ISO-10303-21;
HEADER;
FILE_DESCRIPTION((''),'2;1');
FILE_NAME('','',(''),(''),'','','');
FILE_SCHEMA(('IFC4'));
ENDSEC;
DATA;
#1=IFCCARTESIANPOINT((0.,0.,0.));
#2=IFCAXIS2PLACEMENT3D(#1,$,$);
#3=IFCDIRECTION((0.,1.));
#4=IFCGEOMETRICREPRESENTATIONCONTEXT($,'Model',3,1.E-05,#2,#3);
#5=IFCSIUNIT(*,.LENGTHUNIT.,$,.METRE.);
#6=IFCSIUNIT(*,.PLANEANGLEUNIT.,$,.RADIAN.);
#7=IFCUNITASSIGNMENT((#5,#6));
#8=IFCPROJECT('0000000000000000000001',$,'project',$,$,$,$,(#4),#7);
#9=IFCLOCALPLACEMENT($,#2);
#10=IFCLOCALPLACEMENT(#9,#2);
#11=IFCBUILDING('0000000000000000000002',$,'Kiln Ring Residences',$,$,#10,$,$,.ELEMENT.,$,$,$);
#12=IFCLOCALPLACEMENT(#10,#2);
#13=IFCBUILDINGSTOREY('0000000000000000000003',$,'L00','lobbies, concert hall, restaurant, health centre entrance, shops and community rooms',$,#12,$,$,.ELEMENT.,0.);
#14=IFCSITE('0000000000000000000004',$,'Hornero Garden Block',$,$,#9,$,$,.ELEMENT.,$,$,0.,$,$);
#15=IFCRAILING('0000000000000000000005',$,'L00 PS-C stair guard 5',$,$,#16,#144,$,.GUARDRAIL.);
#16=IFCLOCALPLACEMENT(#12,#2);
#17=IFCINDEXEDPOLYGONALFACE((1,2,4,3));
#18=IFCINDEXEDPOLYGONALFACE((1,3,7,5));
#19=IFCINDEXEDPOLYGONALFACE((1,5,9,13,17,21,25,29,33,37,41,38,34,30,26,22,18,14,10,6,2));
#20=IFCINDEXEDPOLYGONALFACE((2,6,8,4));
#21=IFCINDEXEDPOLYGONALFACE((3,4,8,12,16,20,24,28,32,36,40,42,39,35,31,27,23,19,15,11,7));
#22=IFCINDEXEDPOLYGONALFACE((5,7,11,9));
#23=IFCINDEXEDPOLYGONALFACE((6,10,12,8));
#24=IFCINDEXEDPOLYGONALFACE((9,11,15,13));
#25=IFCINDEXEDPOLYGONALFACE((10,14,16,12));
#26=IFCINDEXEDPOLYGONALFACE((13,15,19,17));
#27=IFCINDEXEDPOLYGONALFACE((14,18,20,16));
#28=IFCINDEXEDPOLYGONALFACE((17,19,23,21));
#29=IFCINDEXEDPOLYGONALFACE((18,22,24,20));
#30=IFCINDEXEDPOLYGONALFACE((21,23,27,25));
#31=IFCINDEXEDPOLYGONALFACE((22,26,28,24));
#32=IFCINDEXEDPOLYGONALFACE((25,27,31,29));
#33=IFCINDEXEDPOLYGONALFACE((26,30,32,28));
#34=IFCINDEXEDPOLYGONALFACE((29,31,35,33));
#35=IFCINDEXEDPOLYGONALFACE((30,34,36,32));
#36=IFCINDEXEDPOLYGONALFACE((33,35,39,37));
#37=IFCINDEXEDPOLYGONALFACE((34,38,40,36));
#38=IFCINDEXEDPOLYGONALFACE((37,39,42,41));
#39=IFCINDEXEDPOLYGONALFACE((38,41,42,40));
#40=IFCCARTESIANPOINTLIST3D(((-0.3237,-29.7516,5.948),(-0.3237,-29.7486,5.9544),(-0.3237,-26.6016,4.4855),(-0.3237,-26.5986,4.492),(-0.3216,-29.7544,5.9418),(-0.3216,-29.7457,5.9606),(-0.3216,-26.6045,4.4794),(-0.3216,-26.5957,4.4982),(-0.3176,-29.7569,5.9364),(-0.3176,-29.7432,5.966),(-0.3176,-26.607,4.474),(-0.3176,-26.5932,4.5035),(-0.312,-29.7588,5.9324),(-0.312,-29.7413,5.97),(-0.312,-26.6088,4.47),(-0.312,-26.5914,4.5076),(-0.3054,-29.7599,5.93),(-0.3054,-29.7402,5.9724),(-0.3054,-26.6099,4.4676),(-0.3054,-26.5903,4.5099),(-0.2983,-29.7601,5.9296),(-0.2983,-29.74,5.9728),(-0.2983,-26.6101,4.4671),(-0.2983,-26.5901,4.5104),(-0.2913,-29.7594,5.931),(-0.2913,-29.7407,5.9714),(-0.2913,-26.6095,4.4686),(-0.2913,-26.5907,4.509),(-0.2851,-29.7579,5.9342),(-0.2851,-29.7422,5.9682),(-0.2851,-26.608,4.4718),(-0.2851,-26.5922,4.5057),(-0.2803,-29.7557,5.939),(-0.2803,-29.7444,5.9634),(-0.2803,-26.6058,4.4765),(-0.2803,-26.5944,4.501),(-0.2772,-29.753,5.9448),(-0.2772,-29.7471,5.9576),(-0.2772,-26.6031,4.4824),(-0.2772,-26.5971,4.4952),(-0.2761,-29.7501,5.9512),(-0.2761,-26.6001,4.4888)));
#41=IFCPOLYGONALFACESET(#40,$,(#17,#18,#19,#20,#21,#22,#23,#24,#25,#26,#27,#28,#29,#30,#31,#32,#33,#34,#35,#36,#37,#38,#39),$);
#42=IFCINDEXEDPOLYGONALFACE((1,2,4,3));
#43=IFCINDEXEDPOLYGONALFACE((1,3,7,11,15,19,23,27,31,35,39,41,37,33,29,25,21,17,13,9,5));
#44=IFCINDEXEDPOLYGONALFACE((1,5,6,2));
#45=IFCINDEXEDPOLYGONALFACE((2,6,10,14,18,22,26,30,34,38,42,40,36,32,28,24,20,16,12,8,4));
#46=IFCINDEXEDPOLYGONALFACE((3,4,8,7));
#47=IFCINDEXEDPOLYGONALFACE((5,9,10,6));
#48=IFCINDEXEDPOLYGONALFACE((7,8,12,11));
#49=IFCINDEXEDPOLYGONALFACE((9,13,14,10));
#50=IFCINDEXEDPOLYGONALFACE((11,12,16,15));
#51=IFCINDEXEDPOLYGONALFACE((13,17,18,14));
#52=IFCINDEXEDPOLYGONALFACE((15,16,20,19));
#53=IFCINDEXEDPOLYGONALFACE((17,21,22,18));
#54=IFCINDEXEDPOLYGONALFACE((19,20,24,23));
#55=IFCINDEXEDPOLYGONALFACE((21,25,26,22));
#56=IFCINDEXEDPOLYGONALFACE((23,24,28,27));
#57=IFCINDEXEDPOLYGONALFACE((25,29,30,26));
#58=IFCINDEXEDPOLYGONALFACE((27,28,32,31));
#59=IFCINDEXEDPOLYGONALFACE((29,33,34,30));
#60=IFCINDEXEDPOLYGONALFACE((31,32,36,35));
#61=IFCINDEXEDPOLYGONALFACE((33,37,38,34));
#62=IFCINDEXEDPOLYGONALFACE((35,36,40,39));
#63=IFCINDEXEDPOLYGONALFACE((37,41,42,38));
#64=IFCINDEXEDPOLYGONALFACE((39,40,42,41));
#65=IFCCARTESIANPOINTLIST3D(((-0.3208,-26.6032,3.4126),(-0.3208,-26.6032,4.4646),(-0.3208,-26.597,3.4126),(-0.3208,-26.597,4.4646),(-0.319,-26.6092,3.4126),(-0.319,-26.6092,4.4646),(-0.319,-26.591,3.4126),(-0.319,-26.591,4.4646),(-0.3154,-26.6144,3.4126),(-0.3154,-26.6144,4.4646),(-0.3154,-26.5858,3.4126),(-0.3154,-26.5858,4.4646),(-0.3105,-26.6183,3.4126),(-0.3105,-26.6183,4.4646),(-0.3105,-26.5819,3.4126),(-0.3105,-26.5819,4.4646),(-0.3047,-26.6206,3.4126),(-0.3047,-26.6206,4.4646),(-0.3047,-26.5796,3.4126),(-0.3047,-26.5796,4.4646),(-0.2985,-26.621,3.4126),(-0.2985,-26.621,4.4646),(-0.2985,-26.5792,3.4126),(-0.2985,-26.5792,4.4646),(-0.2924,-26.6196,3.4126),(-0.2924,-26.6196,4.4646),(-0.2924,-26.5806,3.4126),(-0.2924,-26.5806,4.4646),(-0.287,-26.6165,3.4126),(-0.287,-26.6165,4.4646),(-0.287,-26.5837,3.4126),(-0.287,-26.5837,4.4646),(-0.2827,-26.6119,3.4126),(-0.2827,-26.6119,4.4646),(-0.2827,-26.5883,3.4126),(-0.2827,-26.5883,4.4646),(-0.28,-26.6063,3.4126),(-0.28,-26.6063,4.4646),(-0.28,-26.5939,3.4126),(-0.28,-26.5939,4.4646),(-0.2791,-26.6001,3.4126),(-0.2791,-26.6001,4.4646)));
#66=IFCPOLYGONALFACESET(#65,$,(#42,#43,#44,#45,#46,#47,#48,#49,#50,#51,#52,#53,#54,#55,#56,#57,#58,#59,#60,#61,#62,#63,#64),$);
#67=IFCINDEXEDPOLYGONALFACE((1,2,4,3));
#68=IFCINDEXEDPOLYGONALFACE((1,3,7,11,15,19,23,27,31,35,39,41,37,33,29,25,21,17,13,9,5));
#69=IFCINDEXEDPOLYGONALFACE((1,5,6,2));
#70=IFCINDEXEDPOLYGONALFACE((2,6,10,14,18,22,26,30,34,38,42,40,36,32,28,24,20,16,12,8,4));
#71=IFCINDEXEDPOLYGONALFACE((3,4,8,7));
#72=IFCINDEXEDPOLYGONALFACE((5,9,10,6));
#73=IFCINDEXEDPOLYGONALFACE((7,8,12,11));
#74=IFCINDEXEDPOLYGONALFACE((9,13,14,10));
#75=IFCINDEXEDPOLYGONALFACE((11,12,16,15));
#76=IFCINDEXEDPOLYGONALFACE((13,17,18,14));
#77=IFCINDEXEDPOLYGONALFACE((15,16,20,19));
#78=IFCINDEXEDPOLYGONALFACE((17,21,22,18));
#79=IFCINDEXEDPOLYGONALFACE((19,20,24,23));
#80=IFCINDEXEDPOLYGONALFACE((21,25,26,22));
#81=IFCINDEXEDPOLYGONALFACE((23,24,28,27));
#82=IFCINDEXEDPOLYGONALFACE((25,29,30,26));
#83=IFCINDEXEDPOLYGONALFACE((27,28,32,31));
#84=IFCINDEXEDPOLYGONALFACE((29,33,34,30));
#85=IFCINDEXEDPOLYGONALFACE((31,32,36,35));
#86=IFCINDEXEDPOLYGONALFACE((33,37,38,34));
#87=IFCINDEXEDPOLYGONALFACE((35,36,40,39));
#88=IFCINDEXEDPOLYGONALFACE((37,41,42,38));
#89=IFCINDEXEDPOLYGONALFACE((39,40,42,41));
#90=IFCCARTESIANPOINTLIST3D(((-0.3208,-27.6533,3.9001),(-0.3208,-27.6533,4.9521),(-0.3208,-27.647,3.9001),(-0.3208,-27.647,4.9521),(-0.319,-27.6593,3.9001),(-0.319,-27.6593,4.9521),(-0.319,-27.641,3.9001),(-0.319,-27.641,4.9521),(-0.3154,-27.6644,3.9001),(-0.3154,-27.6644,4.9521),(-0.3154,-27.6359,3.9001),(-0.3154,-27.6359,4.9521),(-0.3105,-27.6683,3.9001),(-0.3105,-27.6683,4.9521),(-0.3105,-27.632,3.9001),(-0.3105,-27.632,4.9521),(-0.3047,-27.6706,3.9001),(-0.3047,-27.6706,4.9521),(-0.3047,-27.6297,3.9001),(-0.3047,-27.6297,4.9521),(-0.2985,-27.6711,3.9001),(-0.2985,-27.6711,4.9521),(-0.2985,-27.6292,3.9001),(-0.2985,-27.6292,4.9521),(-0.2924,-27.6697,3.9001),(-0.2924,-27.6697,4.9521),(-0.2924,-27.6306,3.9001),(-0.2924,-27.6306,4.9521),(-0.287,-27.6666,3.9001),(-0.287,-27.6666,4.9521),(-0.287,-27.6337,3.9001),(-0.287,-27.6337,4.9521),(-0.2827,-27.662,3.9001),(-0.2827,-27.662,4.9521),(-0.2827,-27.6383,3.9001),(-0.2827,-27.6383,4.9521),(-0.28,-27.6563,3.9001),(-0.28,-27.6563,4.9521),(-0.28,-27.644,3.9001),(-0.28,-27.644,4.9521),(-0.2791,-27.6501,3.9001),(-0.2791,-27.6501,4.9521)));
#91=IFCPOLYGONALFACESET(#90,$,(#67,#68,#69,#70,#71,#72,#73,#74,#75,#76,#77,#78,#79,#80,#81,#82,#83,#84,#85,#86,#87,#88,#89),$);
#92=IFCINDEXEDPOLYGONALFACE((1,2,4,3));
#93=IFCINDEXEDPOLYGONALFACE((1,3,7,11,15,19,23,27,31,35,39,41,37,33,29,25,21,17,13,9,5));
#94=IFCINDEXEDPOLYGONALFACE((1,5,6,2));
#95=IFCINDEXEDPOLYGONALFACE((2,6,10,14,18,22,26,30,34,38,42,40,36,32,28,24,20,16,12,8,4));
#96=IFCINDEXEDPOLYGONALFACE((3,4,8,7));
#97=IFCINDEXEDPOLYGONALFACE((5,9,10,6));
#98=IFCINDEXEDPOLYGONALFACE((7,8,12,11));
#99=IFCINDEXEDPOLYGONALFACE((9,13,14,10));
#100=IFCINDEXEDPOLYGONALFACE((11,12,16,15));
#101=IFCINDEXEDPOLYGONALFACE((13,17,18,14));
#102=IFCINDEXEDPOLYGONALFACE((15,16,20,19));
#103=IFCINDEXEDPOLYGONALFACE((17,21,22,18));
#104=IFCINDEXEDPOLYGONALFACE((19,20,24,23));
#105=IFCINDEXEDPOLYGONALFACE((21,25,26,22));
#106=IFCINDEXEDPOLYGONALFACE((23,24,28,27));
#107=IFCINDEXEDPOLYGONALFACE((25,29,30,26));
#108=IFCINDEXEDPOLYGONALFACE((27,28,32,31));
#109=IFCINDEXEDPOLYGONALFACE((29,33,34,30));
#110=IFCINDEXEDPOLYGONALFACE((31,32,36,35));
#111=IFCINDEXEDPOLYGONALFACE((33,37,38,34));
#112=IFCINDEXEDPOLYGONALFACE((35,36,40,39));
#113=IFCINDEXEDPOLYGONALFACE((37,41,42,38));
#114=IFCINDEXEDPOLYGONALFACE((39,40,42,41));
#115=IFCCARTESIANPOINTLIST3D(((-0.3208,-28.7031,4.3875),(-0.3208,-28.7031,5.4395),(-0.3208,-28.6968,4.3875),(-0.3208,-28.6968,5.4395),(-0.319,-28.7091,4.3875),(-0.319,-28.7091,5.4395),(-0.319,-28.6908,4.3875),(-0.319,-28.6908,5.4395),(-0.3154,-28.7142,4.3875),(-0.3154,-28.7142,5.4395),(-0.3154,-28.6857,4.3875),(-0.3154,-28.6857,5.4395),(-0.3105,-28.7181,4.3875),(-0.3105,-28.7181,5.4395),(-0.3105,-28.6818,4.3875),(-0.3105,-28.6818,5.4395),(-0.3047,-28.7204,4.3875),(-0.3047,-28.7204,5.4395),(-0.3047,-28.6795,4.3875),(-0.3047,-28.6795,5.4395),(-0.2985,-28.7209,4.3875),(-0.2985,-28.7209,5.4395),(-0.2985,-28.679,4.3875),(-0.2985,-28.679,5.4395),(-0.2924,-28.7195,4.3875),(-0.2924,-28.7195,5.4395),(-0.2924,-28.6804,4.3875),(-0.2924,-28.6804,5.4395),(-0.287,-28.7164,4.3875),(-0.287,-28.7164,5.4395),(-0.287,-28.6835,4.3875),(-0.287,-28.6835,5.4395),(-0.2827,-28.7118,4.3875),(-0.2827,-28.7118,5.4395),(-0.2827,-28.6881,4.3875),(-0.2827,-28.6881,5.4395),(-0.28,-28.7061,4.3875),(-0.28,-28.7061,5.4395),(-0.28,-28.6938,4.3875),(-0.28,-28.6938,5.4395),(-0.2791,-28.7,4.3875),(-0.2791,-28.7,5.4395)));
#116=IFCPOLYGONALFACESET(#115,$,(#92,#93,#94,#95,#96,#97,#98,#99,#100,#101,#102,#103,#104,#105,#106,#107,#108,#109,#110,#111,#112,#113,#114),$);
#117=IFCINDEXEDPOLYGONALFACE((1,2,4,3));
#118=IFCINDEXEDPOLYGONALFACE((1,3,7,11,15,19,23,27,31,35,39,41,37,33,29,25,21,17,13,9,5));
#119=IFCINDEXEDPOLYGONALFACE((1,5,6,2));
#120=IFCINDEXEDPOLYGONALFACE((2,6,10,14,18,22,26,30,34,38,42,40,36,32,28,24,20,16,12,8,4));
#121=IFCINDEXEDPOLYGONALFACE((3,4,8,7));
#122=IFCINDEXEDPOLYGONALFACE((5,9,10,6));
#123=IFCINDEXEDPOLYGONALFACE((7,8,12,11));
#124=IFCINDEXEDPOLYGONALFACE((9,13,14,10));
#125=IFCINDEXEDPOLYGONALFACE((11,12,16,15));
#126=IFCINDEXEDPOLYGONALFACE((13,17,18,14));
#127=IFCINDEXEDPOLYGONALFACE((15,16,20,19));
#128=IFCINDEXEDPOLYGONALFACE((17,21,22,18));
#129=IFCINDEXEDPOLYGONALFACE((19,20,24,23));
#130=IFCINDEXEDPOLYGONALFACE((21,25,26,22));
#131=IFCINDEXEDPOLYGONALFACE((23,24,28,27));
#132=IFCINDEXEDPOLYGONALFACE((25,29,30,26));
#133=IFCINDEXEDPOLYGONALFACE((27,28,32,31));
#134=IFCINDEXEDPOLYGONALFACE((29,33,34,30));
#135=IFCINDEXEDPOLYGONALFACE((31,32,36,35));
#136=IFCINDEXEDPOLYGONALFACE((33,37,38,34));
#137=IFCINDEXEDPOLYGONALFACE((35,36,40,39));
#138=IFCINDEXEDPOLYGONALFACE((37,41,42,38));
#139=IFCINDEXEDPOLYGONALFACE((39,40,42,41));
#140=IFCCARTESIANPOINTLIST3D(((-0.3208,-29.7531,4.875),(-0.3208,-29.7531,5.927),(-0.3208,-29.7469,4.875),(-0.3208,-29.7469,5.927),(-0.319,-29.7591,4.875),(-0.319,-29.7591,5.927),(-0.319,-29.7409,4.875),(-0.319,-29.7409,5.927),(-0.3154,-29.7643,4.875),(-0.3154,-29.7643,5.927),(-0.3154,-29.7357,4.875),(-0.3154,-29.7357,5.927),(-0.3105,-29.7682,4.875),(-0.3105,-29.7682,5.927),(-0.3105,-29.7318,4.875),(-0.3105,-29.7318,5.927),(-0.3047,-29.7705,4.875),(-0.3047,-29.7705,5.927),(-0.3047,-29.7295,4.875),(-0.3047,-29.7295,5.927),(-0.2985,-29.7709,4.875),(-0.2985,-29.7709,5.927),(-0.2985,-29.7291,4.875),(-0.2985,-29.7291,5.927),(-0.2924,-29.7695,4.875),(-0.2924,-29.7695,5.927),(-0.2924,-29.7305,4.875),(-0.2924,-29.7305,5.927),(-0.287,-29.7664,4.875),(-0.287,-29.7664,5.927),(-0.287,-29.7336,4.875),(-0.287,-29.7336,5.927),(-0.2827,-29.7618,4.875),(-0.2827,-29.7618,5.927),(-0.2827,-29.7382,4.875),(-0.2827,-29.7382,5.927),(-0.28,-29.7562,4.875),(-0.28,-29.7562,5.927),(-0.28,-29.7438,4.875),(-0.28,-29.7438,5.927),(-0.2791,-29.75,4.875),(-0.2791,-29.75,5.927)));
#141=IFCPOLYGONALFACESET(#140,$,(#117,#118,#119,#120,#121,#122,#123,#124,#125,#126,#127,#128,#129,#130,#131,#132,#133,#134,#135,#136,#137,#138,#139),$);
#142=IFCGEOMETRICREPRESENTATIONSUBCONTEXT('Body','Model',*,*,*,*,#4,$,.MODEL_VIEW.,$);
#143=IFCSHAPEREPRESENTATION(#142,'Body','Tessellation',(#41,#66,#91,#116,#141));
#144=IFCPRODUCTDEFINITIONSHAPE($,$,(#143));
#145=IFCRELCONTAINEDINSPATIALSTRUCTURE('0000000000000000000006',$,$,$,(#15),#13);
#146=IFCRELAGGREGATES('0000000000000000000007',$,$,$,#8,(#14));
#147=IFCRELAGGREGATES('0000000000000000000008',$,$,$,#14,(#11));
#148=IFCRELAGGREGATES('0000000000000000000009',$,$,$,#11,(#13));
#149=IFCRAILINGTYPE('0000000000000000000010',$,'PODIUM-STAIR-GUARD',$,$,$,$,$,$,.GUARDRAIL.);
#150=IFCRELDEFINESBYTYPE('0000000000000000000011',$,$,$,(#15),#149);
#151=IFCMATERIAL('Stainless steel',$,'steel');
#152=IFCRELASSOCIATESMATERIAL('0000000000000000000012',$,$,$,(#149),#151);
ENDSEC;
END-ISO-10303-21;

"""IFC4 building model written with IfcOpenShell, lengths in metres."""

from ifc_helpers import new_model, si_unit, direction, frame, origin, origin_2d, place, context, subcontext, project, spatial, circle, extrude, material, type_object, element, save


model = new_model("IFC4")

# Units and contexts
model_context = context("Model", 3, precision=1e-05, world=origin(), true_north=direction((0.0, 1.0)))
body_context = subcontext(model_context, "Body", "Model", "MODEL_VIEW")
ifc_project = project(units=[si_unit("LENGTHUNIT", "METRE"), si_unit("PLANEANGLEUNIT", "RADIAN")], contexts=[model_context])

# Site, building, storey
site_placement = place(None, origin())
site = spatial("IfcSite", under=ifc_project, at=site_placement, Name="Hornero Garden Block", CompositionType="ELEMENT", RefElevation=0.0)
building_placement = place(site_placement, origin())
building = spatial("IfcBuilding", under=site, at=building_placement, Name="Kiln Ring Residences", CompositionType="ELEMENT")
storey_placement = place(building_placement, origin())
storey = spatial("IfcBuildingStorey", under=building, at=storey_placement, Name="L00", Description="lobbies, concert hall, restaurant, health centre entrance, shops and community rooms", CompositionType="ELEMENT", Elevation=0.0)

# Railing
ifc_material_1 = material(Name="Stainless steel", Category="steel")
railing_type_1 = type_object("IfcRailingType", Name="PODIUM-STAIR-GUARD", PredefinedType="GUARDRAIL", material=ifc_material_1)
railing_1_placement = place(storey_placement, frame((-0.3, -26.6001, 3.4126)))
element("IfcRailing", 1, at=railing_1_placement, inside=storey, type_object=railing_type_1, Name="L00 PS-C stair guard 5", PredefinedType="GUARDRAIL", context=body_context, shape_type="SweptSolid", body=[
    extrude(circle(Radius=0.0239, at=origin_2d()), frame((0.0, 0.0, 1.0762), z_axis=(0.0, -0.907015, 0.421099), x_axis=(1.0, 0.0, 0.0)), (0.0, 0.0, 1.0), 3.4729),
    extrude(circle(Radius=0.021, at=origin_2d()), origin(), (0.0, 0.0, 1.0), 1.052),
    extrude(circle(Radius=0.021, at=origin_2d()), frame((0.0, -1.05, 0.4875)), (0.0, 0.0, 1.0), 1.052),
    extrude(circle(Radius=0.021, at=origin_2d()), frame((0.0, -2.0999, 0.9749)), (0.0, 0.0, 1.0), 1.052),
    extrude(circle(Radius=0.021, at=origin_2d()), frame((0.0, -3.1499, 1.4624)), (0.0, 0.0, 1.0), 1.052),
])

save(model, "model.ifc")
